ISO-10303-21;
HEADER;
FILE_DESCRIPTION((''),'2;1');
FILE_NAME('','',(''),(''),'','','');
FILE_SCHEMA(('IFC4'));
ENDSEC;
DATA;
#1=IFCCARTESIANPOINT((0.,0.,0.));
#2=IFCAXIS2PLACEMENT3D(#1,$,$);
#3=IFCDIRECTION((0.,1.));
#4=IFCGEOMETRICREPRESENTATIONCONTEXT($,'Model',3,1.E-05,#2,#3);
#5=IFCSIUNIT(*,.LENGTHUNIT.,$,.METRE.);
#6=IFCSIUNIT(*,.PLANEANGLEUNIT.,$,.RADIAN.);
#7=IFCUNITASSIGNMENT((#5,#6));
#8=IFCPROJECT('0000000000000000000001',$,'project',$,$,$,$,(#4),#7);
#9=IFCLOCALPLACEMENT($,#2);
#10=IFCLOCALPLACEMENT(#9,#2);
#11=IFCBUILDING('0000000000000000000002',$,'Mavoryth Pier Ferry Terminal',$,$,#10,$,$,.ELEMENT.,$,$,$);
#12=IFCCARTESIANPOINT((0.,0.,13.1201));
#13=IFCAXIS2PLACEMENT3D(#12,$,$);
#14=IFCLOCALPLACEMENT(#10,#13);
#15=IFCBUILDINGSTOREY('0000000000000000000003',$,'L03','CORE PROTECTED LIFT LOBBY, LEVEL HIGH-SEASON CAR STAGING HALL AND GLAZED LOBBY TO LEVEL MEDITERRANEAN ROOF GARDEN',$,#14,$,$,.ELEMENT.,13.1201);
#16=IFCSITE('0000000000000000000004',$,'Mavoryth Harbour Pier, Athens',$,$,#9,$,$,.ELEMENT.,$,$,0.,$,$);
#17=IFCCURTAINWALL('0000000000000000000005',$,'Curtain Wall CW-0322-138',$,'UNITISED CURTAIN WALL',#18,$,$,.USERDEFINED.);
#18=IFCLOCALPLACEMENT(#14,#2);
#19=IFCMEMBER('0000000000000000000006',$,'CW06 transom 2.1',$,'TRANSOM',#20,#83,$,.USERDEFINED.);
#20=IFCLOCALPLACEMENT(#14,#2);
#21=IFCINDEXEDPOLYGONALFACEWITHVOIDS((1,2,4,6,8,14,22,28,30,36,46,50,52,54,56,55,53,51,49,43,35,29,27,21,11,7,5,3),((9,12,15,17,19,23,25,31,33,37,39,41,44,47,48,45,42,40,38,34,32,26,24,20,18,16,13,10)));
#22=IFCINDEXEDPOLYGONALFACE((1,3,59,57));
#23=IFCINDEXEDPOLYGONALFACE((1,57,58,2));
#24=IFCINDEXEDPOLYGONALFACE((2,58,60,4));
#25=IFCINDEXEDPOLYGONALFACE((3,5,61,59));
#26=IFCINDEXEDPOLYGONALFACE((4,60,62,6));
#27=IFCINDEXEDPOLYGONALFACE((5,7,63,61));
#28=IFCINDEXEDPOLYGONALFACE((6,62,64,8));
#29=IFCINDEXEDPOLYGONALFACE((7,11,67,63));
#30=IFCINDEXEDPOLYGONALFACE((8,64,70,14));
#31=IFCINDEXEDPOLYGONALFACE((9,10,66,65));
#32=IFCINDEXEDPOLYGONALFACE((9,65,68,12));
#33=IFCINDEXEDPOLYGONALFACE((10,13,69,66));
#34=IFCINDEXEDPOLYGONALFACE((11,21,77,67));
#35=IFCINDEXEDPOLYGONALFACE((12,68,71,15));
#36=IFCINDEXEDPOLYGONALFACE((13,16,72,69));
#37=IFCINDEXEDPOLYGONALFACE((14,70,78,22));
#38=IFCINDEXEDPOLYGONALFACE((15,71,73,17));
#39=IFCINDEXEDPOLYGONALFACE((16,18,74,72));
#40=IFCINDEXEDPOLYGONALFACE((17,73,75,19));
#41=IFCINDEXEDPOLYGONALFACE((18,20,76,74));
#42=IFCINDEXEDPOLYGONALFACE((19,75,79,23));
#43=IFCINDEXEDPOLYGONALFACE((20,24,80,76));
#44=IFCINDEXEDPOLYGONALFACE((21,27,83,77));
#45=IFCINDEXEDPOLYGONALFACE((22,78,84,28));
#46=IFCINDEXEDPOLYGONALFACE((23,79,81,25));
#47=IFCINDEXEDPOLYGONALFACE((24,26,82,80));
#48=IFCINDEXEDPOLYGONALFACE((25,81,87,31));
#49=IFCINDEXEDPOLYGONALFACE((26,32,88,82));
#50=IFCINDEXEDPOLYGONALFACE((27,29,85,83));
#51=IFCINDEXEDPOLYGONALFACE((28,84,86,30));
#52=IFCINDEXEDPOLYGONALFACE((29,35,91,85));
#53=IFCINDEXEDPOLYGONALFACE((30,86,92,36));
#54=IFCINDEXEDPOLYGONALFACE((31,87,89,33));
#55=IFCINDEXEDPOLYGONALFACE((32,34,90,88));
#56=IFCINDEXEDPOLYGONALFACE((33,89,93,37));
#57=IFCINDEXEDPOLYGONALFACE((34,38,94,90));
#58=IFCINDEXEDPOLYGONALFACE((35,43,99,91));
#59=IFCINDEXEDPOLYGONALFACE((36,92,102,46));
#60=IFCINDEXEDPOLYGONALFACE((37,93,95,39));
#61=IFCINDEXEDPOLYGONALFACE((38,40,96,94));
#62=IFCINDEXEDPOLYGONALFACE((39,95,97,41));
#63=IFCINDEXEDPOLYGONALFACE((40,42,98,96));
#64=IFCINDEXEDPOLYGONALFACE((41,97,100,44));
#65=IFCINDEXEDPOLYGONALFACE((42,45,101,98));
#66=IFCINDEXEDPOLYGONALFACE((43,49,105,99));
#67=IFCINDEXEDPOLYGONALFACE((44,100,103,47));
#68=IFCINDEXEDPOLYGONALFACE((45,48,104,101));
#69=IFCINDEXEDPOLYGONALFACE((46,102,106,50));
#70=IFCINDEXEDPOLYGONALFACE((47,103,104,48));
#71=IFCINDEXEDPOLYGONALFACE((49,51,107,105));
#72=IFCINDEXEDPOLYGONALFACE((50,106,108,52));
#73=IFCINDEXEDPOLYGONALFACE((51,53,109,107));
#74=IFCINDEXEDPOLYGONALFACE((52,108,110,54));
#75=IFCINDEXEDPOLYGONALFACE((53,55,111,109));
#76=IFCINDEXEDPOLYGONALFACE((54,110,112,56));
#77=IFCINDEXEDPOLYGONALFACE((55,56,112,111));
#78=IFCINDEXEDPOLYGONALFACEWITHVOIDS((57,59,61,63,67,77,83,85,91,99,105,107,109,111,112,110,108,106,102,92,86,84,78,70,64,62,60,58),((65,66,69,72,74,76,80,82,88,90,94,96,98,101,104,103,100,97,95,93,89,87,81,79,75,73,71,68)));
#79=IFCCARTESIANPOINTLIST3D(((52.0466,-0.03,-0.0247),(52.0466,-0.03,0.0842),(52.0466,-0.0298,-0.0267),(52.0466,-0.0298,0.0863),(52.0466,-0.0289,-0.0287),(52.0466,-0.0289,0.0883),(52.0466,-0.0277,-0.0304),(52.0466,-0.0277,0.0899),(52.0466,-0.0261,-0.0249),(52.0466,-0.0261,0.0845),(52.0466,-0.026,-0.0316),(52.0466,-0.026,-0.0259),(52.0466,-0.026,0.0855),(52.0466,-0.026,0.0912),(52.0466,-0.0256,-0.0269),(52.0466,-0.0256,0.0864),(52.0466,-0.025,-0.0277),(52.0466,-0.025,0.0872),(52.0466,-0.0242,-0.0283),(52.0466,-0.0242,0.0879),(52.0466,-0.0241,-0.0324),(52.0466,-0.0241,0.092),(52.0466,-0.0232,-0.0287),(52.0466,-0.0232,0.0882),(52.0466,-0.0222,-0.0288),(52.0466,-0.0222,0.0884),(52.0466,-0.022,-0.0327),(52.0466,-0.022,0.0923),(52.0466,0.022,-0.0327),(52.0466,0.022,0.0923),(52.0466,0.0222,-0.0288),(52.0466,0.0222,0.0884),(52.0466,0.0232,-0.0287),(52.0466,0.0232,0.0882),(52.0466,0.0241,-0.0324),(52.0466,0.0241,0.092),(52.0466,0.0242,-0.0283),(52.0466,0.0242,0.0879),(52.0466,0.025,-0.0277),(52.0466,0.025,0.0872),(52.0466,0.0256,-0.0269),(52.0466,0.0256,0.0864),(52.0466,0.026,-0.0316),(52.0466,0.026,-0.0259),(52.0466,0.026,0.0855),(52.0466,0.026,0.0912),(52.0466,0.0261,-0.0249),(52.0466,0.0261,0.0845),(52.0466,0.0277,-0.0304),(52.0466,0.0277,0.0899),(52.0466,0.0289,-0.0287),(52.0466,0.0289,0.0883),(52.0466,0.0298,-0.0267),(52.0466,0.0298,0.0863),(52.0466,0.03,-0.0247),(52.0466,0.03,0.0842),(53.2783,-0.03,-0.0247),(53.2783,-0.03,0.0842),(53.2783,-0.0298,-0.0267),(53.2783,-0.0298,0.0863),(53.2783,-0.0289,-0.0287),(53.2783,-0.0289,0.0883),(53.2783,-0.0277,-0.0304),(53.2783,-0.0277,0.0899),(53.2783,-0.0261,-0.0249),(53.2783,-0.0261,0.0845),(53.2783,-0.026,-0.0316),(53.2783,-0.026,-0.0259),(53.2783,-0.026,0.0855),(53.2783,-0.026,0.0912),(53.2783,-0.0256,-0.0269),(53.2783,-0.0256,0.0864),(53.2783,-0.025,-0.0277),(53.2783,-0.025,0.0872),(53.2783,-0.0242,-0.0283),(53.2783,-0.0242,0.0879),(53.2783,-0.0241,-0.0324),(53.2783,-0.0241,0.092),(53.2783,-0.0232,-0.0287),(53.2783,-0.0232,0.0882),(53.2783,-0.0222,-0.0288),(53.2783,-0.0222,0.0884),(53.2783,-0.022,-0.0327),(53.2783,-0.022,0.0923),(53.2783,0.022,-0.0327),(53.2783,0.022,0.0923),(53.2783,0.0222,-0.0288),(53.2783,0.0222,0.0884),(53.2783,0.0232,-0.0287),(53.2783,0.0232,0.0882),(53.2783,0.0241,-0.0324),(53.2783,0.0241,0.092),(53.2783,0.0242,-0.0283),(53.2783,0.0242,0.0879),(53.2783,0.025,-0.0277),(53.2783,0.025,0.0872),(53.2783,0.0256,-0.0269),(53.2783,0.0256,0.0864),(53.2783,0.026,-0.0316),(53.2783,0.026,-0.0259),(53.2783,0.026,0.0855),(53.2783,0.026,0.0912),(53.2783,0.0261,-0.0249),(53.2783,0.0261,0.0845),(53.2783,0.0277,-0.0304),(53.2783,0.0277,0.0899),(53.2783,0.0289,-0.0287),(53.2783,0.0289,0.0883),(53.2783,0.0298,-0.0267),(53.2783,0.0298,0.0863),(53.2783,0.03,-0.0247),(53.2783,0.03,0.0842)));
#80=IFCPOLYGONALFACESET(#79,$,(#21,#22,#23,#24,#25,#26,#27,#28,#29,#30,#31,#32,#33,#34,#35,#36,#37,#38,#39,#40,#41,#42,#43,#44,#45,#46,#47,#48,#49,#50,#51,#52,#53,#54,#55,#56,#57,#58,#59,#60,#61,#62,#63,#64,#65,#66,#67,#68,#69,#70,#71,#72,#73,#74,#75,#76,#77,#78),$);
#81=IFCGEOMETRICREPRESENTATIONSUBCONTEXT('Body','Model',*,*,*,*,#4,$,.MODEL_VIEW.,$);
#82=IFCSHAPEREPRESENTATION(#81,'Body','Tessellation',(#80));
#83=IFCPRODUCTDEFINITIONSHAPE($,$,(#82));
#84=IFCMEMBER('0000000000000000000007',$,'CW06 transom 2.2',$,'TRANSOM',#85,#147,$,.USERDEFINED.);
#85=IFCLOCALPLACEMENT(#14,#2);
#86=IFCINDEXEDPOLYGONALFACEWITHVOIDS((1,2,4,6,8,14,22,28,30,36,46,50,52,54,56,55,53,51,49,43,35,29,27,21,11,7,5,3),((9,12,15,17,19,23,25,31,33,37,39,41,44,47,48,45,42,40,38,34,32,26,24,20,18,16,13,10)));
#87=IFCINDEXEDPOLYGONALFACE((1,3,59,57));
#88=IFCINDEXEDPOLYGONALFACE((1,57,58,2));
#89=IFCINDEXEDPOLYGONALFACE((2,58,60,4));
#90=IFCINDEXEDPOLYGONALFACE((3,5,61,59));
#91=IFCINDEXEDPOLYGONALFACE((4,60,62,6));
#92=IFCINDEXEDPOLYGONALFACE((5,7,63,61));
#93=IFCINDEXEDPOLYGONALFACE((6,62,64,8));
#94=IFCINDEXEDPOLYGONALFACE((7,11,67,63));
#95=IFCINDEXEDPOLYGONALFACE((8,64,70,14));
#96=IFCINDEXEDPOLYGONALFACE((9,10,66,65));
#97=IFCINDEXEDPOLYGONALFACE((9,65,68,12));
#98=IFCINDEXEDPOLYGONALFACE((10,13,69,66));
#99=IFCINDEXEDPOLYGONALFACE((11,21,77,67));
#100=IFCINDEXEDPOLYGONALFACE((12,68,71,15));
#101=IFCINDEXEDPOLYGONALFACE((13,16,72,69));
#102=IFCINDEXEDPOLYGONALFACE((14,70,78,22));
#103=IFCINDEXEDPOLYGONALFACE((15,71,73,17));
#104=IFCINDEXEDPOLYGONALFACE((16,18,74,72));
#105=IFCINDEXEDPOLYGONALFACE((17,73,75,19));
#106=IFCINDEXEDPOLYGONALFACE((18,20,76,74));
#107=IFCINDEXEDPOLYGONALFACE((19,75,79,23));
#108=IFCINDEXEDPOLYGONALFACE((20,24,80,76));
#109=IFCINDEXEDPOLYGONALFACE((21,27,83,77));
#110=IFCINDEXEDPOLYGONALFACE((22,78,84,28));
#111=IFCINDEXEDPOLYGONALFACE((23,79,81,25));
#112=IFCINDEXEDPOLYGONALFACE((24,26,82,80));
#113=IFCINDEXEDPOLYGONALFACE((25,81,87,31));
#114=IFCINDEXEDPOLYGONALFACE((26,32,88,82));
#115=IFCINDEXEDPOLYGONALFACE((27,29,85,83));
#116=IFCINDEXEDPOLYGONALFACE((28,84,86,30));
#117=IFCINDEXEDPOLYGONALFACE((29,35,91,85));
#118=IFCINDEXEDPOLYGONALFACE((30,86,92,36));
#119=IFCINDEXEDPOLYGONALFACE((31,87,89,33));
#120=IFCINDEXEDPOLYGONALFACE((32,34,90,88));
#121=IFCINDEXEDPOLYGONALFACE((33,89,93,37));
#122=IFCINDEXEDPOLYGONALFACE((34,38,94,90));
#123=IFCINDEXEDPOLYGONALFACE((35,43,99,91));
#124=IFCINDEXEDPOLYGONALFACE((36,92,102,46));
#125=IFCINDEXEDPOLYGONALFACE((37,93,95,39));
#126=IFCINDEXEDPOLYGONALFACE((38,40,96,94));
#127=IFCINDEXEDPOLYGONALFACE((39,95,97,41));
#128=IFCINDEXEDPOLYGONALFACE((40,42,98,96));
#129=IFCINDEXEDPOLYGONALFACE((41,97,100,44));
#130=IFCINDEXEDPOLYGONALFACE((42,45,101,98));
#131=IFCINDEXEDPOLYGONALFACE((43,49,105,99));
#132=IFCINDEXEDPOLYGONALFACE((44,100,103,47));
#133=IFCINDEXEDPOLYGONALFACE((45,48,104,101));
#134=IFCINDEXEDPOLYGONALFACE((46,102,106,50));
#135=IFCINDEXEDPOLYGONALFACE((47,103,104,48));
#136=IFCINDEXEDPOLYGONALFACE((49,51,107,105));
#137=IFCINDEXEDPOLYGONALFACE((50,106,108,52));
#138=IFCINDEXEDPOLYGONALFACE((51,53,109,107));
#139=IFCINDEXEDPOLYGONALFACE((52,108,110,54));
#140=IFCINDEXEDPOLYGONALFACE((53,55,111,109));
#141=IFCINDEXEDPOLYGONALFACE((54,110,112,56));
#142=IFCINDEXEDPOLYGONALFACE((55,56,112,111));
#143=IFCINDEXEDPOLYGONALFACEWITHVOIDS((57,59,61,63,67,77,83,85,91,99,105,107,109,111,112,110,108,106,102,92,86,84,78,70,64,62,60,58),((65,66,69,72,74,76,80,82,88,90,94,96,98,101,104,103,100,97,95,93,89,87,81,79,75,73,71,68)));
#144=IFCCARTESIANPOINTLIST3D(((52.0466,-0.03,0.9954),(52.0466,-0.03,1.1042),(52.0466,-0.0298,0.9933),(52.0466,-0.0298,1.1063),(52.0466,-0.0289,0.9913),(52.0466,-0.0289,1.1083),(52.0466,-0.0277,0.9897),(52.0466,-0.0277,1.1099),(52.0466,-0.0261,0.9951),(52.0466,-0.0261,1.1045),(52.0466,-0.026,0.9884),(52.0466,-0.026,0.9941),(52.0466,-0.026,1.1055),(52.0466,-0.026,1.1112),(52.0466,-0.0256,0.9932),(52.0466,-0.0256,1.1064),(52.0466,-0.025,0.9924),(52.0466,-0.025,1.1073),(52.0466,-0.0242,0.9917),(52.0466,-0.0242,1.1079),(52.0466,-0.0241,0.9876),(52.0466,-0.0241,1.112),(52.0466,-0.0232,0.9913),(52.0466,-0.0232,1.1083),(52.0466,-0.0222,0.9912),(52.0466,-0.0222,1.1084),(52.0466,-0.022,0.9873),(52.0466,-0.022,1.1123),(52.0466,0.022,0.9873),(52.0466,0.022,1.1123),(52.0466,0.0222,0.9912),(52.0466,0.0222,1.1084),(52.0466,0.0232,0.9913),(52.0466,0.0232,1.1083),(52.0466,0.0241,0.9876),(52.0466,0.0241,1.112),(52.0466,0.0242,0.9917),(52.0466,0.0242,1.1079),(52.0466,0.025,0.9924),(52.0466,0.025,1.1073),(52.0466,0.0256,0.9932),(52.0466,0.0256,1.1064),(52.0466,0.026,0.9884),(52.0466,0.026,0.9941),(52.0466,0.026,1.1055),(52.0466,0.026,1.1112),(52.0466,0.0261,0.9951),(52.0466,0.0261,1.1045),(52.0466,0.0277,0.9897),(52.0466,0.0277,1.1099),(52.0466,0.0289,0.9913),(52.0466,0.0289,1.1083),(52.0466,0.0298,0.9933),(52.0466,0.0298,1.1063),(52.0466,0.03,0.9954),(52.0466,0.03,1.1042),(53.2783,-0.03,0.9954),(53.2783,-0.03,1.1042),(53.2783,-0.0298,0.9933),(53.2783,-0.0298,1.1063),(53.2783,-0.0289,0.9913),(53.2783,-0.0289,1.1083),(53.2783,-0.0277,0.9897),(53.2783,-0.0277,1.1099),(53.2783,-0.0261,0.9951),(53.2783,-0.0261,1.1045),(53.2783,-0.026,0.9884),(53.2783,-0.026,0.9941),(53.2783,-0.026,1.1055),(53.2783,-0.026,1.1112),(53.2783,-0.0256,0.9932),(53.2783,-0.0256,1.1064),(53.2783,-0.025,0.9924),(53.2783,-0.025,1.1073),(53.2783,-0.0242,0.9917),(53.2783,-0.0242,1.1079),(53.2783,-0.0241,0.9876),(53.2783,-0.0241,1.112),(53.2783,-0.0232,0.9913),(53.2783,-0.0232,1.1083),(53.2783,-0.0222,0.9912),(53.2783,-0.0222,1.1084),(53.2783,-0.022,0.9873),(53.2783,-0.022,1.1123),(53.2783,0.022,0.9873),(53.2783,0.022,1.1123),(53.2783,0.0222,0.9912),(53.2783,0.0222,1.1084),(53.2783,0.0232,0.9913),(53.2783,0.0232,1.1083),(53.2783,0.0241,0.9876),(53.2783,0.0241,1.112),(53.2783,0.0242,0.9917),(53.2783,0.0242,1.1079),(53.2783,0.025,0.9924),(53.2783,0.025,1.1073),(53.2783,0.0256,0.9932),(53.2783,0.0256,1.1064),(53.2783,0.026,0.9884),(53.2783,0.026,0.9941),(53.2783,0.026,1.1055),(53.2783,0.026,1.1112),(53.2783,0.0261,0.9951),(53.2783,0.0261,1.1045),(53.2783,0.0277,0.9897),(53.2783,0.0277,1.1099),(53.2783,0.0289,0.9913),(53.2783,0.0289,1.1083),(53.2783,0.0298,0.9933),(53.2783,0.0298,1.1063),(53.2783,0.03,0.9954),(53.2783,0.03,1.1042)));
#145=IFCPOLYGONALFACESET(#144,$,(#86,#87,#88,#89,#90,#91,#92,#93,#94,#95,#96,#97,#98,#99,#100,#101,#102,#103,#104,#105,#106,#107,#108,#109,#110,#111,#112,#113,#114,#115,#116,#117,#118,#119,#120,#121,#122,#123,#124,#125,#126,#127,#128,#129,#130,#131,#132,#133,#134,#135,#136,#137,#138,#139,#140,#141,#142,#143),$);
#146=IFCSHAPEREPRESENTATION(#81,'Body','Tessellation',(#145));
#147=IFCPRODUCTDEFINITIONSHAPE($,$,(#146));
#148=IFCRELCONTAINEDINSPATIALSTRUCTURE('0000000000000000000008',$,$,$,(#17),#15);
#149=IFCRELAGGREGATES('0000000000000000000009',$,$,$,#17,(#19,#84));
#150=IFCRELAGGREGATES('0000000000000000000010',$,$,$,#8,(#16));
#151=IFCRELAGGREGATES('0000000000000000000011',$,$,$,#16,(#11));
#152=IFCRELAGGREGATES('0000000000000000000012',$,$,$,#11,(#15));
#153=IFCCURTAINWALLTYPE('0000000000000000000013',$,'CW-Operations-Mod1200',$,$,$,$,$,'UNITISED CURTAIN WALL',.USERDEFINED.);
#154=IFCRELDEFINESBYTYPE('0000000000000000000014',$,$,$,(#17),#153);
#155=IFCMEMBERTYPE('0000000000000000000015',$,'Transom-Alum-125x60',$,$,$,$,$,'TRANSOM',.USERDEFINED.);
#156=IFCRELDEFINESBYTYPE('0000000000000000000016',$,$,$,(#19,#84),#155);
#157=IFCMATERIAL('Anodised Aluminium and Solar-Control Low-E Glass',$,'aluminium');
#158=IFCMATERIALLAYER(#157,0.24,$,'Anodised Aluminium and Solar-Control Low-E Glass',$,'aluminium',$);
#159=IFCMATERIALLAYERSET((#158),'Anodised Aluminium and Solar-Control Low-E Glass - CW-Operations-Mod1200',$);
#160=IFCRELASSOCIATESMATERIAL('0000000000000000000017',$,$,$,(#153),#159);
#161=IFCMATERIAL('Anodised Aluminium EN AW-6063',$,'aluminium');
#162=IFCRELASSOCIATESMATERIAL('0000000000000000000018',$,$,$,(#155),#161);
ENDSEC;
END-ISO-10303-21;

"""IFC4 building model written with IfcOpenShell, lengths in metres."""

from ifc_helpers import new_model, si_unit, direction, frame, origin, origin_2d, place, context, subcontext, project, spatial, hollow_rectangle, extrude, material, layer, layer_set, material_profile, profile_set, type_object, element, aggregate, save


model = new_model("IFC4")

# Units and contexts
model_context = context("Model", 3, precision=1e-05, world=origin(), true_north=direction((0.0, 1.0)))
body_context = subcontext(model_context, "Body", "Model", "MODEL_VIEW")
ifc_project = project(units=[si_unit("LENGTHUNIT", "METRE"), si_unit("PLANEANGLEUNIT", "RADIAN")], contexts=[model_context])

# Site, building, storey
site_placement = place(None, origin())
site = spatial("IfcSite", under=ifc_project, at=site_placement, Name="Mavoryth Harbour Pier, Athens", CompositionType="ELEMENT", RefElevation=0.0)
building_placement = place(site_placement, origin())
building = spatial("IfcBuilding", under=site, at=building_placement, Name="Mavoryth Pier Ferry Terminal", CompositionType="ELEMENT")
storey_placement = place(building_placement, frame((0.0, 0.0, 13.1201)))
storey = spatial("IfcBuildingStorey", under=building, at=storey_placement, Name="L03", Description="CORE PROTECTED LIFT LOBBY, LEVEL HIGH-SEASON CAR STAGING HALL AND GLAZED LOBBY TO LEVEL MEDITERRANEAN ROOF GARDEN", CompositionType="ELEMENT", Elevation=13.1201)

# Curtain wall, members
ifc_material_1 = material(Name="Anodised Aluminium and Solar-Control Low-E Glass", Category="aluminium")
ifc_layer_1 = layer(ifc_material_1, 0.24, Name="Anodised Aluminium and Solar-Control Low-E Glass", Category="aluminium")
ifc_layer_set_1 = layer_set([ifc_layer_1], Name="Anodised Aluminium and Solar-Control Low-E Glass - CW-Operations-Mod1200")
curtain_wall_type = type_object("IfcCurtainWallType", Name="CW-Operations-Mod1200", ElementType="UNITISED CURTAIN WALL", PredefinedType="USERDEFINED", material=ifc_layer_set_1)
curtain_wall_placement = place(storey_placement, origin())
curtain_wall = element("IfcCurtainWall", 1, at=curtain_wall_placement, inside=storey, type_object=curtain_wall_type, Name="Curtain Wall CW-0322-138", ObjectType="UNITISED CURTAIN WALL", PredefinedType="USERDEFINED")
ifc_material_2 = material(Name="Anodised Aluminium EN AW-6063", Category="aluminium")
ifc_material_profile_1 = material_profile(ifc_material_2, hollow_rectangle(XDim=0.0601, YDim=0.125, WallThickness=0.0039, InnerFilletRadius=0.0039, OuterFilletRadius=0.0081, at=origin_2d()), Name="AL-TRAN 125x60x4", Category="aluminium")
ifc_profile_set_1 = profile_set([ifc_material_profile_1], Name="Anodised Aluminium EN AW-6063 - AL-TRAN 125x60x4")
member_type_1 = type_object("IfcMemberType", Name="Transom-Alum-125x60", ElementType="TRANSOM", PredefinedType="USERDEFINED", material=ifc_profile_set_1)
member_1_placement = place(storey_placement, frame((52.0466, 0.0, 0.0298), z_axis=(1.0, 0.0, 0.0), x_axis=(0.0, 1.0, 0.0)))
member_1 = element("IfcMember", 2, at=member_1_placement, type_object=member_type_1, Name="CW06 transom 2.1", ObjectType="TRANSOM", PredefinedType="USERDEFINED", context=body_context, shape_type="SweptSolid", body=[
    extrude(hollow_rectangle(XDim=0.0601, YDim=0.125, WallThickness=0.0039, InnerFilletRadius=0.0039, OuterFilletRadius=0.0081, at=origin_2d()), origin(), (0.0, 0.0, 1.0), 1.2317),
])
member_2_placement = place(storey_placement, frame((52.0466, 0.0, 1.0498), z_axis=(1.0, 0.0, 0.0), x_axis=(0.0, 1.0, 0.0)))
member_2 = element("IfcMember", 3, at=member_2_placement, type_object=member_type_1, Name="CW06 transom 2.2", ObjectType="TRANSOM", PredefinedType="USERDEFINED", context=body_context, shape_type="SweptSolid", body=[
    extrude(hollow_rectangle(XDim=0.0601, YDim=0.125, WallThickness=0.0039, InnerFilletRadius=0.0039, OuterFilletRadius=0.0081, at=origin_2d()), origin(), (0.0, 0.0, 1.0), 1.2317),
])
aggregate(curtain_wall, [member_1, member_2])

save(model, "model.ifc")
